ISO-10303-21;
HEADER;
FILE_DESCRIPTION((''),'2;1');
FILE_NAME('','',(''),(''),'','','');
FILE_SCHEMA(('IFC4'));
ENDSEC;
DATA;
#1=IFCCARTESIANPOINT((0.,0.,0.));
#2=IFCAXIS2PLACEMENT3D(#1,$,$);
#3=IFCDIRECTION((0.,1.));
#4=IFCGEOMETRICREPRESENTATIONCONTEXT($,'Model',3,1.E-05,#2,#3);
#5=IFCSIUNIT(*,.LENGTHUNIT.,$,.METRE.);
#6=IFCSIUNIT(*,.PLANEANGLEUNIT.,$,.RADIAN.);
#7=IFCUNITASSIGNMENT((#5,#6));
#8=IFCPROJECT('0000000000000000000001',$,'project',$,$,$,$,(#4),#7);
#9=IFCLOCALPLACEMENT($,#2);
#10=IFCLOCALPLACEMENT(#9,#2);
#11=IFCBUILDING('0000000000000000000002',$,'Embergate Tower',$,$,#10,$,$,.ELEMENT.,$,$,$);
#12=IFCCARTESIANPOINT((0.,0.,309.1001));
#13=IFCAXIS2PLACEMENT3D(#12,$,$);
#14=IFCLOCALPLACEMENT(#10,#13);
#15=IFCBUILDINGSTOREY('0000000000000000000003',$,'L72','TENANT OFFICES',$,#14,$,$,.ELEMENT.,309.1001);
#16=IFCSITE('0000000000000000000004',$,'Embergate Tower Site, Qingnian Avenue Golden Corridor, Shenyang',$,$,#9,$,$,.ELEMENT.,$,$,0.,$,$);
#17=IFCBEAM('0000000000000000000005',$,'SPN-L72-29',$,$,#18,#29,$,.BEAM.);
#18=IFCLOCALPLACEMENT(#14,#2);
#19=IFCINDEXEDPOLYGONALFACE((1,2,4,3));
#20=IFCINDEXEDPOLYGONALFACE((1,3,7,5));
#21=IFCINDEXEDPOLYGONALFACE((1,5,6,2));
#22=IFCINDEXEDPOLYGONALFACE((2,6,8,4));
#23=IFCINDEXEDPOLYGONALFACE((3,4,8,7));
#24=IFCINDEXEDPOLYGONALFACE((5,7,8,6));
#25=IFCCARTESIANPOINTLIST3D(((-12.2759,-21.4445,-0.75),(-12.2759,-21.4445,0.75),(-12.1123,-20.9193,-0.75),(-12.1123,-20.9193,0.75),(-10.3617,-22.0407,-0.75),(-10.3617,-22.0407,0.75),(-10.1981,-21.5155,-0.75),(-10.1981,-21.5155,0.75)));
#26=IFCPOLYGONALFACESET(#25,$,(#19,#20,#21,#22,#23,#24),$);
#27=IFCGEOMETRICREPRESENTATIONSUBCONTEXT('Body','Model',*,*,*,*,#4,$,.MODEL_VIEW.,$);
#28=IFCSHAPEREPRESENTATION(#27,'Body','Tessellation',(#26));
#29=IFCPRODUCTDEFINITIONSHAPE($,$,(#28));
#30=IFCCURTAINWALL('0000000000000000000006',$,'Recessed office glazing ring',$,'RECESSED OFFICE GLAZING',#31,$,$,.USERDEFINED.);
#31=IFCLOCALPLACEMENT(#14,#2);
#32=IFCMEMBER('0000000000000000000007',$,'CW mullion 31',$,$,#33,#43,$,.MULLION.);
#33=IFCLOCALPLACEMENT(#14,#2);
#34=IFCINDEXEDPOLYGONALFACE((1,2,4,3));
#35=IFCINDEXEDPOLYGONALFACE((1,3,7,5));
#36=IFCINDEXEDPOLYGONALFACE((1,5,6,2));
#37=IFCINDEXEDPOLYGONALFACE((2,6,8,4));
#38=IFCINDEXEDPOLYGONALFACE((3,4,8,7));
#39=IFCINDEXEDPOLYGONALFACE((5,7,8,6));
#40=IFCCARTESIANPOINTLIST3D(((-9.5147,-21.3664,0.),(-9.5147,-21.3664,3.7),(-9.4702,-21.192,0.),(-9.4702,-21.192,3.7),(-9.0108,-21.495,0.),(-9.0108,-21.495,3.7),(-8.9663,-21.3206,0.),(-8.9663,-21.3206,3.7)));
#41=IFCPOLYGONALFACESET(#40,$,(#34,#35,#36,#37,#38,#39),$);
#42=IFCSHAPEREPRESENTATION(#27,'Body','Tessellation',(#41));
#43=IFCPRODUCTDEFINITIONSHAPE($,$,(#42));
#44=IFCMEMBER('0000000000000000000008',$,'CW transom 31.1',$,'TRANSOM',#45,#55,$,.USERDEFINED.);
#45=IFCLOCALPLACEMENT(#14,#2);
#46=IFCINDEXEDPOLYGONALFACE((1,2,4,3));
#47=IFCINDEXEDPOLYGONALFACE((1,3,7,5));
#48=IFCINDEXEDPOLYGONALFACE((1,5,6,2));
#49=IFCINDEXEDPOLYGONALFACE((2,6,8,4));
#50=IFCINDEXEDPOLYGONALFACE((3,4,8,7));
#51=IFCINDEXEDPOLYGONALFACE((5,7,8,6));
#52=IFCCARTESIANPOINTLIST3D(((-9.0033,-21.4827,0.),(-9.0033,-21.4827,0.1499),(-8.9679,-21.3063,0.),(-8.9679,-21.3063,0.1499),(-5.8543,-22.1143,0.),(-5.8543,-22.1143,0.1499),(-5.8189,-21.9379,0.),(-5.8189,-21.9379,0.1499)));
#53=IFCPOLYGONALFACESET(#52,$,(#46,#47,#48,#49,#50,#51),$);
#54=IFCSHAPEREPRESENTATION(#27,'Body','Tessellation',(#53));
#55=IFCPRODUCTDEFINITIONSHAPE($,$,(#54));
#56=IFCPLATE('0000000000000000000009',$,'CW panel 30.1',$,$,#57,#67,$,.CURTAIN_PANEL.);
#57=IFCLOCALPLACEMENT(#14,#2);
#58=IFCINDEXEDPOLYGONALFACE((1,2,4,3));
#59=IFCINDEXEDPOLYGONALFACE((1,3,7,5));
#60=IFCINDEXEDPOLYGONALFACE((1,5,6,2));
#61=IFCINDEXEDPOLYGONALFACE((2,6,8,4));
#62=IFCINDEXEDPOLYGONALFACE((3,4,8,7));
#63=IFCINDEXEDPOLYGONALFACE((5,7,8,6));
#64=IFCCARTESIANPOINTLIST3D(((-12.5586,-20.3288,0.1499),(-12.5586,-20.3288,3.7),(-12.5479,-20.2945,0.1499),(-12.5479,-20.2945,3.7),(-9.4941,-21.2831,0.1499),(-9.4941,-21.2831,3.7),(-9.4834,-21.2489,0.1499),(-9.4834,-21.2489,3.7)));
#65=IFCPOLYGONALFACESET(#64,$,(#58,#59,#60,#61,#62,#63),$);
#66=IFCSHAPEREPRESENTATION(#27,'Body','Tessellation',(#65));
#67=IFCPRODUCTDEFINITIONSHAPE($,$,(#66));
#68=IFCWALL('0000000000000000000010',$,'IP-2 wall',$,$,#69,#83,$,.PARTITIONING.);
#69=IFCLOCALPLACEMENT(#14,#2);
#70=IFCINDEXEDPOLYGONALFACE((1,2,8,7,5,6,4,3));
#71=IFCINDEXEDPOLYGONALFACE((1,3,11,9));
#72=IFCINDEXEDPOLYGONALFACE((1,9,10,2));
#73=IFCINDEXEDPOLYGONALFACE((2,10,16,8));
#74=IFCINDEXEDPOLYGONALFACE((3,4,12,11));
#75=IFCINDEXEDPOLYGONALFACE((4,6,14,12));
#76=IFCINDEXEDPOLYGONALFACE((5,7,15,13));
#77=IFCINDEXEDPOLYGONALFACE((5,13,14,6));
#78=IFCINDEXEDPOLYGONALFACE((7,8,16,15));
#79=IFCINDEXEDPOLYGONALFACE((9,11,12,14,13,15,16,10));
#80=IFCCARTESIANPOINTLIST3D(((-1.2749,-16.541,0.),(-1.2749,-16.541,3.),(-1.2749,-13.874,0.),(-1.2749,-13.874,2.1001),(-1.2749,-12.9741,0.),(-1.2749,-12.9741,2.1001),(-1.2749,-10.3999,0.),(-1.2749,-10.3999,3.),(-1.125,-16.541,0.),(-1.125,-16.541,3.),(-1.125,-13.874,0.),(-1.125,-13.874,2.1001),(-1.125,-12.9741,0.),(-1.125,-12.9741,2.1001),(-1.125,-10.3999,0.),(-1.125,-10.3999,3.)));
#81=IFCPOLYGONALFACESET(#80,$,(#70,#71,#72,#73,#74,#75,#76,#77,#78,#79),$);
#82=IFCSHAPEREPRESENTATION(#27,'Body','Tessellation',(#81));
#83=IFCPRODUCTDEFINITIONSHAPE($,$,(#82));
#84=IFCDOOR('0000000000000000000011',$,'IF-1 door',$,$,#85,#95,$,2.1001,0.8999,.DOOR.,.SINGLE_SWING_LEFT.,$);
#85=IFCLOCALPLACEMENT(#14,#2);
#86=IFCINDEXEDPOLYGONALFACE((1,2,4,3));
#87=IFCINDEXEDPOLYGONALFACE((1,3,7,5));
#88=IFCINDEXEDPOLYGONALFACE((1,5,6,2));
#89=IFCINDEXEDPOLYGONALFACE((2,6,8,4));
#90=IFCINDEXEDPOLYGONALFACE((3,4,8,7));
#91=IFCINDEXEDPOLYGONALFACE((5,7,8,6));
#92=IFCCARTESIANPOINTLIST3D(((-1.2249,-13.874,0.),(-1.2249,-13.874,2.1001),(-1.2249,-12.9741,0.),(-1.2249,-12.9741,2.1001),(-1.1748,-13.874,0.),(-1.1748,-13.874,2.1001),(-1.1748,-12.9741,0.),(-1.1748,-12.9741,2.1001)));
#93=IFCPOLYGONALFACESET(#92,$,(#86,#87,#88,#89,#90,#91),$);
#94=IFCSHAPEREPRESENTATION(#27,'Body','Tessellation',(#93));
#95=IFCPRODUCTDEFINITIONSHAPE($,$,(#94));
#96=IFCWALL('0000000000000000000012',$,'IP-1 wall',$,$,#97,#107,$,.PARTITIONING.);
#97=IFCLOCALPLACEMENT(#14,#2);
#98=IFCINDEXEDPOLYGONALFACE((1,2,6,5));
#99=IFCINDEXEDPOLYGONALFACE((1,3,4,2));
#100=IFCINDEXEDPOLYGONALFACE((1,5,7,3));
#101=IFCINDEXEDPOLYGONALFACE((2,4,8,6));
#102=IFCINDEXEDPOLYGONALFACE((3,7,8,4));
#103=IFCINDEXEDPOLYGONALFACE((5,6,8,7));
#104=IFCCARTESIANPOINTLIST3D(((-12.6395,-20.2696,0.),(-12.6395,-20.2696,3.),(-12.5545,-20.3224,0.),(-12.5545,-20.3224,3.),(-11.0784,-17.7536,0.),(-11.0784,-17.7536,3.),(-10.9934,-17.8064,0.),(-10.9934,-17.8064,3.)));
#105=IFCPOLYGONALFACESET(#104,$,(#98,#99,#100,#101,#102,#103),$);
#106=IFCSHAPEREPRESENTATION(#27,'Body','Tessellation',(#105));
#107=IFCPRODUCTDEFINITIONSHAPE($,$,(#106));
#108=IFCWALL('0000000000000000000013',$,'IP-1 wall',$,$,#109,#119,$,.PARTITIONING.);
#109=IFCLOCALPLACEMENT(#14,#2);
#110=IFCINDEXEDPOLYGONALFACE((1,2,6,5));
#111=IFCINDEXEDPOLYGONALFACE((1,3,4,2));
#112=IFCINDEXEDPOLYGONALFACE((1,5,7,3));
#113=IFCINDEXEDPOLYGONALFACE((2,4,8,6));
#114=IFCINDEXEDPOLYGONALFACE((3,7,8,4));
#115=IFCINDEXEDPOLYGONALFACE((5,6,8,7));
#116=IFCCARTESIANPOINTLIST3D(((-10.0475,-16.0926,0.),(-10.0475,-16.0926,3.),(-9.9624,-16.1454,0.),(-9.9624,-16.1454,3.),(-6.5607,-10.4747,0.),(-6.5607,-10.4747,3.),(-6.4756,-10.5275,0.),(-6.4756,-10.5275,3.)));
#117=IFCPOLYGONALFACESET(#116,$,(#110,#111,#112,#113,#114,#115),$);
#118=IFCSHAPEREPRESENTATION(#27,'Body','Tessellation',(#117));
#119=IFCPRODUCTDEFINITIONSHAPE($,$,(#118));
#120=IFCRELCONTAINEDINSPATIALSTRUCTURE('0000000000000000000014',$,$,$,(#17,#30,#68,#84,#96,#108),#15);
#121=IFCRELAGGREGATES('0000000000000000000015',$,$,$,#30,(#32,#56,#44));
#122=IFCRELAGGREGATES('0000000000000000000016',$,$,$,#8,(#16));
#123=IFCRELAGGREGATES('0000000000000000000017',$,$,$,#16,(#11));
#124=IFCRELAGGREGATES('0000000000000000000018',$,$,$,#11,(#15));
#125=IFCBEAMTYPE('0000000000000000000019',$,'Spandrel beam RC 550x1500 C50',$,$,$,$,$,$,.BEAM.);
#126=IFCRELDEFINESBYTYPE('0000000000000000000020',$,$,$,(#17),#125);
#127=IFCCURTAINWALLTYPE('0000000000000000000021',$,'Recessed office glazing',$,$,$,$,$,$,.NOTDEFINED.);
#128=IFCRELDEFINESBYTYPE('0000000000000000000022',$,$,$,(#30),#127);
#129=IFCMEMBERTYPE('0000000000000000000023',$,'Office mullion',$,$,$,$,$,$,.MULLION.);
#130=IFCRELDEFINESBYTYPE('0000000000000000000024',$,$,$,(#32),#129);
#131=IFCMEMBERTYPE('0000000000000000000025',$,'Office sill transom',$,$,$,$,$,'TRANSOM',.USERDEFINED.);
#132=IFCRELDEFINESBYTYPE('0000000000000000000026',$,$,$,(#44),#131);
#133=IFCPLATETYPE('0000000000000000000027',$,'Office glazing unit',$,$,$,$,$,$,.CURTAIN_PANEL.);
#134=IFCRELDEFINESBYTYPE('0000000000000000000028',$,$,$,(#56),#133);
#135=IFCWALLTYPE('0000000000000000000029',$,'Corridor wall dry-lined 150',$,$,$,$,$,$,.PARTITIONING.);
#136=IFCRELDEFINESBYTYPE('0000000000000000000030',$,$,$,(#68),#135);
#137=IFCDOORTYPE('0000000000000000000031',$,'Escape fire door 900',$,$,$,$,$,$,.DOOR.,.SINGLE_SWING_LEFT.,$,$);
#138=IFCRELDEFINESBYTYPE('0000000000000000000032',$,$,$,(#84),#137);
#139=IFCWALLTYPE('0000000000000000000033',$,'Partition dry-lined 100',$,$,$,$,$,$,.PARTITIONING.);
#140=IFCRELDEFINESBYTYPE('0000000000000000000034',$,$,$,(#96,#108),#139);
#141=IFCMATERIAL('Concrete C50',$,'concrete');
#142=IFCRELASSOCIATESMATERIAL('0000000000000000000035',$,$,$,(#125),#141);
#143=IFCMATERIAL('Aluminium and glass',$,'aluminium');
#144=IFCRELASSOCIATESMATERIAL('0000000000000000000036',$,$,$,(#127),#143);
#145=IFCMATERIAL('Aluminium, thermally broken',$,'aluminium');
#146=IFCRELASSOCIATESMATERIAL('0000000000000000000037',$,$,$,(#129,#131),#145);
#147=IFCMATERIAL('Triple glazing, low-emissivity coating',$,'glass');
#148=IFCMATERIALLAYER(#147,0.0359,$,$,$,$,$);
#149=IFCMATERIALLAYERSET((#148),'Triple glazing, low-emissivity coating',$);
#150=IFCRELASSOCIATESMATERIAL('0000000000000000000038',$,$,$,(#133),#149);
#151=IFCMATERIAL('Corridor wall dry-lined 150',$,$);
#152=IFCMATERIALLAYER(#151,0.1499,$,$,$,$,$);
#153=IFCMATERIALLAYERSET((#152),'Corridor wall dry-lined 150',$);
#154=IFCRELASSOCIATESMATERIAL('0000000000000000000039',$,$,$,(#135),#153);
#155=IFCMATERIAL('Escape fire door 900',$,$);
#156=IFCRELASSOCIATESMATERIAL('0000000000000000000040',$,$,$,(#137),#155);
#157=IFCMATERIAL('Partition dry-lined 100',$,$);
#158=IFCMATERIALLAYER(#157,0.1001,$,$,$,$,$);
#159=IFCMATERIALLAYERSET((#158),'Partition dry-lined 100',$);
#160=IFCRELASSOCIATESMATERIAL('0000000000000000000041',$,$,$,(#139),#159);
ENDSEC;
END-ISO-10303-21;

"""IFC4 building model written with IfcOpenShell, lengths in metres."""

from ifc_helpers import new_model, si_unit, direction, frame, frame_2d, origin, origin_2d, place, context, subcontext, project, spatial, rectangle, extrude, source, transform, mapped, material, layer, layer_set, material_profile, profile_set, type_object, element, fill, aggregate, save


model = new_model("IFC4")

# Units and contexts
model_context = context("Model", 3, precision=1e-05, world=origin(), true_north=direction((0.0, 1.0)))
body_context = subcontext(model_context, "Body", "Model", "MODEL_VIEW")
ifc_project = project(units=[si_unit("LENGTHUNIT", "METRE"), si_unit("PLANEANGLEUNIT", "RADIAN")], contexts=[model_context])

# Site, building, storey
site_placement = place(None, origin())
site = spatial("IfcSite", under=ifc_project, at=site_placement, Name="Embergate Tower Site, Qingnian Avenue Golden Corridor, Shenyang", CompositionType="ELEMENT", RefElevation=0.0)
building_placement = place(site_placement, origin())
building = spatial("IfcBuilding", under=site, at=building_placement, Name="Embergate Tower", CompositionType="ELEMENT")
storey_placement = place(building_placement, frame((0.0, 0.0, 309.1001)))
storey = spatial("IfcBuildingStorey", under=building, at=storey_placement, Name="L72", Description="TENANT OFFICES", CompositionType="ELEMENT", Elevation=309.1001)

# Beam
ifc_material_1 = material(Name="Concrete C50", Category="concrete")
ifc_material_profile_1 = material_profile(ifc_material_1, rectangle(XDim=0.55, YDim=1.5, at=origin_2d()), Name="RC 550x1500")
ifc_profile_set_1 = profile_set([ifc_material_profile_1], Name="Concrete C50")
beam_type = type_object("IfcBeamType", Name="Spandrel beam RC 550x1500 C50", PredefinedType="BEAM", material=ifc_profile_set_1)
shared_shape_1 = source(origin(), body_context, "Body", "SweptSolid", [
    extrude(rectangle(XDim=0.55, YDim=1.5, at=origin_2d()), origin(), (0.0, 0.0, 1.0), 2.0049),
])
beam_placement = place(storey_placement, frame((-12.1941, -21.1819, 0.0), z_axis=(0.954757, -0.297387, 0.0), x_axis=(0.297387, 0.954757, 0.0)))
element("IfcBeam", 1, at=beam_placement, inside=storey, type_object=beam_type, Name="SPN-L72-29", PredefinedType="BEAM", context=body_context, shape_type="MappedRepresentation", body=[
    mapped(shared_shape_1, transform((0.0, 0.0, 0.0))),
])

# Curtain wall, members, plate
ifc_material_2 = material(Name="Aluminium and glass", Category="aluminium")
curtain_wall_type = type_object("IfcCurtainWallType", Name="Recessed office glazing", PredefinedType="NOTDEFINED", material=ifc_material_2)
curtain_wall_placement = place(storey_placement, origin())
curtain_wall = element("IfcCurtainWall", 2, at=curtain_wall_placement, inside=storey, type_object=curtain_wall_type, Name="Recessed office glazing ring", ObjectType="RECESSED OFFICE GLAZING", PredefinedType="USERDEFINED")
ifc_material_3 = material(Name="Aluminium, thermally broken", Category="aluminium")
ifc_material_profile_2 = material_profile(ifc_material_3, rectangle(XDim=0.1799, YDim=0.52, at=origin_2d()), Name="AL 520x180")
ifc_profile_set_2 = profile_set([ifc_material_profile_2], Name="Aluminium, thermally broken")
member_type_1 = type_object("IfcMemberType", Name="Office mullion", PredefinedType="MULLION", material=ifc_profile_set_2)
shared_shape_2 = source(origin(), body_context, "Body", "SweptSolid", [
    extrude(rectangle(XDim=0.1799, YDim=0.52, at=origin_2d()), origin(), (0.0, 0.0, 1.0), 3.7),
])
member_1_placement = place(storey_placement, frame((-9.2405, -21.3435, 0.0), z_axis=(0.0, 0.0, 1.0), x_axis=(0.247312, 0.968936, 0.0)))
member_1 = element("IfcMember", 3, at=member_1_placement, type_object=member_type_1, Name="CW mullion 31", PredefinedType="MULLION", context=body_context, shape_type="MappedRepresentation", body=[
    mapped(shared_shape_2, transform((0.0, 0.0, 0.0))),
])
ifc_material_profile_3 = material_profile(ifc_material_3, rectangle(XDim=0.1799, YDim=0.1499, at=origin_2d()), Name="AL 150x180")
ifc_profile_set_3 = profile_set([ifc_material_profile_3], Name="Aluminium, thermally broken")
member_type_2 = type_object("IfcMemberType", Name="Office sill transom", ElementType="TRANSOM", PredefinedType="USERDEFINED", material=ifc_profile_set_3)
shared_shape_3 = source(origin(), body_context, "Body", "SweptSolid", [
    extrude(rectangle(XDim=0.1799, YDim=0.1499, at=origin_2d()), origin(), (0.0, 0.0, 1.0), 3.2117),
])
member_2_placement = place(storey_placement, frame((-8.9856, -21.3945, 0.075), z_axis=(0.980472, -0.196657, 0.0), x_axis=(0.196657, 0.980472, 0.0)))
member_2 = element("IfcMember", 4, at=member_2_placement, type_object=member_type_2, Name="CW transom 31.1", ObjectType="TRANSOM", PredefinedType="USERDEFINED", context=body_context, shape_type="MappedRepresentation", body=[
    mapped(shared_shape_3, transform((0.0, 0.0, 0.0))),
])
ifc_material_4 = material(Name="Triple glazing, low-emissivity coating", Category="glass")
ifc_layer_1 = layer(ifc_material_4, 0.0359)
ifc_layer_set_1 = layer_set([ifc_layer_1], Name="Triple glazing, low-emissivity coating")
plate_type = type_object("IfcPlateType", Name="Office glazing unit", PredefinedType="CURTAIN_PANEL", material=ifc_layer_set_1)
shared_shape_4 = source(origin(), body_context, "Body", "SweptSolid", [
    extrude(rectangle(XDim=3.2097, YDim=0.0359, at=origin_2d()), origin(), (0.0, 0.0, 1.0), 3.55),
])
plate_placement = place(storey_placement, frame((-11.021, -20.7888, 0.1499), z_axis=(0.0, 0.0, 1.0), x_axis=(0.954771, -0.297342, 0.0)))
plate = element("IfcPlate", 5, at=plate_placement, type_object=plate_type, Name="CW panel 30.1", PredefinedType="CURTAIN_PANEL", context=body_context, shape_type="MappedRepresentation", body=[
    mapped(shared_shape_4, transform((0.0, 0.0, 0.0))),
])
aggregate(curtain_wall, [member_1, plate, member_2])

# Wall, opening, door
ifc_material_5 = material(Name="Corridor wall dry-lined 150")
ifc_layer_2 = layer(ifc_material_5, 0.1499)
ifc_layer_set_2 = layer_set([ifc_layer_2], Name="Corridor wall dry-lined 150")
wall_type_1 = type_object("IfcWallType", Name="Corridor wall dry-lined 150", PredefinedType="PARTITIONING", material=ifc_layer_set_2)
shared_shape_5 = source(origin(), body_context, "Body", "SweptSolid", [
    extrude(rectangle(XDim=6.1411, YDim=0.1499, at=frame_2d((3.0706, 0.0))), origin(), (0.0, 0.0, 1.0), 3.0),
])
wall_1_placement = place(storey_placement, frame((-1.2, -16.541, 0.0), z_axis=(0.0, 0.0, 1.0), x_axis=(0.0, 1.0, 0.0)))
wall_1 = element("IfcWall", 6, at=wall_1_placement, inside=storey, type_object=wall_type_1, Name="IP-2 wall", PredefinedType="PARTITIONING", context=body_context, shape_type="MappedRepresentation", body=[
    mapped(shared_shape_5, transform((0.0, 0.0, 0.0))),
])
shared_shape_6 = source(origin(), body_context, "Body", "SweptSolid", [
    extrude(rectangle(XDim=0.8999, YDim=2.1001, at=frame_2d((0.45, 1.05))), frame((0.0, 0.085, 0.0), z_axis=(0.0, -1.0, 0.0), x_axis=(1.0, 0.0, 0.0)), (0.0, 0.0, 1.0), 0.1699),
])
opening_1_placement = place(wall_1_placement, frame((2.667, 0.0, 0.0)))
opening_1 = element("IfcOpeningElement", 7, at=opening_1_placement, cuts=wall_1, PredefinedType="OPENING", context=body_context, shape_type="MappedRepresentation", body=[
    mapped(shared_shape_6, transform((0.0, 0.0, 0.0))),
])
ifc_material_6 = material(Name="Escape fire door 900")
door_type_1 = type_object("IfcDoorType", Name="Escape fire door 900", OperationType="SINGLE_SWING_LEFT", PredefinedType="DOOR", material=ifc_material_6)
shared_shape_7 = source(origin(), body_context, "Body", "SweptSolid", [
    extrude(rectangle(XDim=0.8999, YDim=2.1001, at=frame_2d((0.45, 1.05))), frame((0.0, 0.0249, 0.0), z_axis=(0.0, -1.0, 0.0), x_axis=(1.0, 0.0, 0.0)), (0.0, 0.0, 1.0), 0.05),
])
door_1_placement = place(opening_1_placement, origin())
door_1 = element("IfcDoor", 8, at=door_1_placement, inside=storey, type_object=door_type_1, Name="IF-1 door", OperationType="SINGLE_SWING_LEFT", OverallHeight=2.1001, OverallWidth=0.8999, PredefinedType="DOOR", context=body_context, shape_type="MappedRepresentation", body=[
    mapped(shared_shape_7, transform((0.0, 0.0, 0.0))),
])
fill(opening_1, door_1)

# Walls
ifc_material_7 = material(Name="Partition dry-lined 100")
ifc_layer_3 = layer(ifc_material_7, 0.1001)
ifc_layer_set_3 = layer_set([ifc_layer_3], Name="Partition dry-lined 100")
wall_type_2 = type_object("IfcWallType", Name="Partition dry-lined 100", PredefinedType="PARTITIONING", material=ifc_layer_set_3)
shared_shape_8 = source(origin(), body_context, "Body", "SweptSolid", [
    extrude(rectangle(XDim=2.9609, YDim=0.1001, at=frame_2d((1.4805, 0.0))), origin(), (0.0, 0.0, 1.0), 3.0),
])
wall_2_placement = place(storey_placement, frame((-11.0359, -17.78, 0.0), z_axis=(0.0, 0.0, 1.0), x_axis=(-0.527231, -0.849722, 0.0)))
element("IfcWall", 9, at=wall_2_placement, inside=storey, type_object=wall_type_2, Name="IP-1 wall", PredefinedType="PARTITIONING", context=body_context, shape_type="MappedRepresentation", body=[
    mapped(shared_shape_8, transform((0.0, 0.0, 0.0))),
])
shared_shape_9 = source(origin(), body_context, "Body", "SweptSolid", [
    extrude(rectangle(XDim=6.6121, YDim=0.1001, at=frame_2d((3.3062, 0.0))), origin(), (0.0, 0.0, 1.0), 3.0),
])
wall_3_placement = place(storey_placement, frame((-6.5181, -10.501, 0.0), z_axis=(0.0, 0.0, 1.0), x_axis=(-0.527344, -0.849652, 0.0)))
element("IfcWall", 10, at=wall_3_placement, inside=storey, type_object=wall_type_2, Name="IP-1 wall", PredefinedType="PARTITIONING", context=body_context, shape_type="MappedRepresentation", body=[
    mapped(shared_shape_9, transform((0.0, 0.0, 0.0))),
])

save(model, "model.ifc")
